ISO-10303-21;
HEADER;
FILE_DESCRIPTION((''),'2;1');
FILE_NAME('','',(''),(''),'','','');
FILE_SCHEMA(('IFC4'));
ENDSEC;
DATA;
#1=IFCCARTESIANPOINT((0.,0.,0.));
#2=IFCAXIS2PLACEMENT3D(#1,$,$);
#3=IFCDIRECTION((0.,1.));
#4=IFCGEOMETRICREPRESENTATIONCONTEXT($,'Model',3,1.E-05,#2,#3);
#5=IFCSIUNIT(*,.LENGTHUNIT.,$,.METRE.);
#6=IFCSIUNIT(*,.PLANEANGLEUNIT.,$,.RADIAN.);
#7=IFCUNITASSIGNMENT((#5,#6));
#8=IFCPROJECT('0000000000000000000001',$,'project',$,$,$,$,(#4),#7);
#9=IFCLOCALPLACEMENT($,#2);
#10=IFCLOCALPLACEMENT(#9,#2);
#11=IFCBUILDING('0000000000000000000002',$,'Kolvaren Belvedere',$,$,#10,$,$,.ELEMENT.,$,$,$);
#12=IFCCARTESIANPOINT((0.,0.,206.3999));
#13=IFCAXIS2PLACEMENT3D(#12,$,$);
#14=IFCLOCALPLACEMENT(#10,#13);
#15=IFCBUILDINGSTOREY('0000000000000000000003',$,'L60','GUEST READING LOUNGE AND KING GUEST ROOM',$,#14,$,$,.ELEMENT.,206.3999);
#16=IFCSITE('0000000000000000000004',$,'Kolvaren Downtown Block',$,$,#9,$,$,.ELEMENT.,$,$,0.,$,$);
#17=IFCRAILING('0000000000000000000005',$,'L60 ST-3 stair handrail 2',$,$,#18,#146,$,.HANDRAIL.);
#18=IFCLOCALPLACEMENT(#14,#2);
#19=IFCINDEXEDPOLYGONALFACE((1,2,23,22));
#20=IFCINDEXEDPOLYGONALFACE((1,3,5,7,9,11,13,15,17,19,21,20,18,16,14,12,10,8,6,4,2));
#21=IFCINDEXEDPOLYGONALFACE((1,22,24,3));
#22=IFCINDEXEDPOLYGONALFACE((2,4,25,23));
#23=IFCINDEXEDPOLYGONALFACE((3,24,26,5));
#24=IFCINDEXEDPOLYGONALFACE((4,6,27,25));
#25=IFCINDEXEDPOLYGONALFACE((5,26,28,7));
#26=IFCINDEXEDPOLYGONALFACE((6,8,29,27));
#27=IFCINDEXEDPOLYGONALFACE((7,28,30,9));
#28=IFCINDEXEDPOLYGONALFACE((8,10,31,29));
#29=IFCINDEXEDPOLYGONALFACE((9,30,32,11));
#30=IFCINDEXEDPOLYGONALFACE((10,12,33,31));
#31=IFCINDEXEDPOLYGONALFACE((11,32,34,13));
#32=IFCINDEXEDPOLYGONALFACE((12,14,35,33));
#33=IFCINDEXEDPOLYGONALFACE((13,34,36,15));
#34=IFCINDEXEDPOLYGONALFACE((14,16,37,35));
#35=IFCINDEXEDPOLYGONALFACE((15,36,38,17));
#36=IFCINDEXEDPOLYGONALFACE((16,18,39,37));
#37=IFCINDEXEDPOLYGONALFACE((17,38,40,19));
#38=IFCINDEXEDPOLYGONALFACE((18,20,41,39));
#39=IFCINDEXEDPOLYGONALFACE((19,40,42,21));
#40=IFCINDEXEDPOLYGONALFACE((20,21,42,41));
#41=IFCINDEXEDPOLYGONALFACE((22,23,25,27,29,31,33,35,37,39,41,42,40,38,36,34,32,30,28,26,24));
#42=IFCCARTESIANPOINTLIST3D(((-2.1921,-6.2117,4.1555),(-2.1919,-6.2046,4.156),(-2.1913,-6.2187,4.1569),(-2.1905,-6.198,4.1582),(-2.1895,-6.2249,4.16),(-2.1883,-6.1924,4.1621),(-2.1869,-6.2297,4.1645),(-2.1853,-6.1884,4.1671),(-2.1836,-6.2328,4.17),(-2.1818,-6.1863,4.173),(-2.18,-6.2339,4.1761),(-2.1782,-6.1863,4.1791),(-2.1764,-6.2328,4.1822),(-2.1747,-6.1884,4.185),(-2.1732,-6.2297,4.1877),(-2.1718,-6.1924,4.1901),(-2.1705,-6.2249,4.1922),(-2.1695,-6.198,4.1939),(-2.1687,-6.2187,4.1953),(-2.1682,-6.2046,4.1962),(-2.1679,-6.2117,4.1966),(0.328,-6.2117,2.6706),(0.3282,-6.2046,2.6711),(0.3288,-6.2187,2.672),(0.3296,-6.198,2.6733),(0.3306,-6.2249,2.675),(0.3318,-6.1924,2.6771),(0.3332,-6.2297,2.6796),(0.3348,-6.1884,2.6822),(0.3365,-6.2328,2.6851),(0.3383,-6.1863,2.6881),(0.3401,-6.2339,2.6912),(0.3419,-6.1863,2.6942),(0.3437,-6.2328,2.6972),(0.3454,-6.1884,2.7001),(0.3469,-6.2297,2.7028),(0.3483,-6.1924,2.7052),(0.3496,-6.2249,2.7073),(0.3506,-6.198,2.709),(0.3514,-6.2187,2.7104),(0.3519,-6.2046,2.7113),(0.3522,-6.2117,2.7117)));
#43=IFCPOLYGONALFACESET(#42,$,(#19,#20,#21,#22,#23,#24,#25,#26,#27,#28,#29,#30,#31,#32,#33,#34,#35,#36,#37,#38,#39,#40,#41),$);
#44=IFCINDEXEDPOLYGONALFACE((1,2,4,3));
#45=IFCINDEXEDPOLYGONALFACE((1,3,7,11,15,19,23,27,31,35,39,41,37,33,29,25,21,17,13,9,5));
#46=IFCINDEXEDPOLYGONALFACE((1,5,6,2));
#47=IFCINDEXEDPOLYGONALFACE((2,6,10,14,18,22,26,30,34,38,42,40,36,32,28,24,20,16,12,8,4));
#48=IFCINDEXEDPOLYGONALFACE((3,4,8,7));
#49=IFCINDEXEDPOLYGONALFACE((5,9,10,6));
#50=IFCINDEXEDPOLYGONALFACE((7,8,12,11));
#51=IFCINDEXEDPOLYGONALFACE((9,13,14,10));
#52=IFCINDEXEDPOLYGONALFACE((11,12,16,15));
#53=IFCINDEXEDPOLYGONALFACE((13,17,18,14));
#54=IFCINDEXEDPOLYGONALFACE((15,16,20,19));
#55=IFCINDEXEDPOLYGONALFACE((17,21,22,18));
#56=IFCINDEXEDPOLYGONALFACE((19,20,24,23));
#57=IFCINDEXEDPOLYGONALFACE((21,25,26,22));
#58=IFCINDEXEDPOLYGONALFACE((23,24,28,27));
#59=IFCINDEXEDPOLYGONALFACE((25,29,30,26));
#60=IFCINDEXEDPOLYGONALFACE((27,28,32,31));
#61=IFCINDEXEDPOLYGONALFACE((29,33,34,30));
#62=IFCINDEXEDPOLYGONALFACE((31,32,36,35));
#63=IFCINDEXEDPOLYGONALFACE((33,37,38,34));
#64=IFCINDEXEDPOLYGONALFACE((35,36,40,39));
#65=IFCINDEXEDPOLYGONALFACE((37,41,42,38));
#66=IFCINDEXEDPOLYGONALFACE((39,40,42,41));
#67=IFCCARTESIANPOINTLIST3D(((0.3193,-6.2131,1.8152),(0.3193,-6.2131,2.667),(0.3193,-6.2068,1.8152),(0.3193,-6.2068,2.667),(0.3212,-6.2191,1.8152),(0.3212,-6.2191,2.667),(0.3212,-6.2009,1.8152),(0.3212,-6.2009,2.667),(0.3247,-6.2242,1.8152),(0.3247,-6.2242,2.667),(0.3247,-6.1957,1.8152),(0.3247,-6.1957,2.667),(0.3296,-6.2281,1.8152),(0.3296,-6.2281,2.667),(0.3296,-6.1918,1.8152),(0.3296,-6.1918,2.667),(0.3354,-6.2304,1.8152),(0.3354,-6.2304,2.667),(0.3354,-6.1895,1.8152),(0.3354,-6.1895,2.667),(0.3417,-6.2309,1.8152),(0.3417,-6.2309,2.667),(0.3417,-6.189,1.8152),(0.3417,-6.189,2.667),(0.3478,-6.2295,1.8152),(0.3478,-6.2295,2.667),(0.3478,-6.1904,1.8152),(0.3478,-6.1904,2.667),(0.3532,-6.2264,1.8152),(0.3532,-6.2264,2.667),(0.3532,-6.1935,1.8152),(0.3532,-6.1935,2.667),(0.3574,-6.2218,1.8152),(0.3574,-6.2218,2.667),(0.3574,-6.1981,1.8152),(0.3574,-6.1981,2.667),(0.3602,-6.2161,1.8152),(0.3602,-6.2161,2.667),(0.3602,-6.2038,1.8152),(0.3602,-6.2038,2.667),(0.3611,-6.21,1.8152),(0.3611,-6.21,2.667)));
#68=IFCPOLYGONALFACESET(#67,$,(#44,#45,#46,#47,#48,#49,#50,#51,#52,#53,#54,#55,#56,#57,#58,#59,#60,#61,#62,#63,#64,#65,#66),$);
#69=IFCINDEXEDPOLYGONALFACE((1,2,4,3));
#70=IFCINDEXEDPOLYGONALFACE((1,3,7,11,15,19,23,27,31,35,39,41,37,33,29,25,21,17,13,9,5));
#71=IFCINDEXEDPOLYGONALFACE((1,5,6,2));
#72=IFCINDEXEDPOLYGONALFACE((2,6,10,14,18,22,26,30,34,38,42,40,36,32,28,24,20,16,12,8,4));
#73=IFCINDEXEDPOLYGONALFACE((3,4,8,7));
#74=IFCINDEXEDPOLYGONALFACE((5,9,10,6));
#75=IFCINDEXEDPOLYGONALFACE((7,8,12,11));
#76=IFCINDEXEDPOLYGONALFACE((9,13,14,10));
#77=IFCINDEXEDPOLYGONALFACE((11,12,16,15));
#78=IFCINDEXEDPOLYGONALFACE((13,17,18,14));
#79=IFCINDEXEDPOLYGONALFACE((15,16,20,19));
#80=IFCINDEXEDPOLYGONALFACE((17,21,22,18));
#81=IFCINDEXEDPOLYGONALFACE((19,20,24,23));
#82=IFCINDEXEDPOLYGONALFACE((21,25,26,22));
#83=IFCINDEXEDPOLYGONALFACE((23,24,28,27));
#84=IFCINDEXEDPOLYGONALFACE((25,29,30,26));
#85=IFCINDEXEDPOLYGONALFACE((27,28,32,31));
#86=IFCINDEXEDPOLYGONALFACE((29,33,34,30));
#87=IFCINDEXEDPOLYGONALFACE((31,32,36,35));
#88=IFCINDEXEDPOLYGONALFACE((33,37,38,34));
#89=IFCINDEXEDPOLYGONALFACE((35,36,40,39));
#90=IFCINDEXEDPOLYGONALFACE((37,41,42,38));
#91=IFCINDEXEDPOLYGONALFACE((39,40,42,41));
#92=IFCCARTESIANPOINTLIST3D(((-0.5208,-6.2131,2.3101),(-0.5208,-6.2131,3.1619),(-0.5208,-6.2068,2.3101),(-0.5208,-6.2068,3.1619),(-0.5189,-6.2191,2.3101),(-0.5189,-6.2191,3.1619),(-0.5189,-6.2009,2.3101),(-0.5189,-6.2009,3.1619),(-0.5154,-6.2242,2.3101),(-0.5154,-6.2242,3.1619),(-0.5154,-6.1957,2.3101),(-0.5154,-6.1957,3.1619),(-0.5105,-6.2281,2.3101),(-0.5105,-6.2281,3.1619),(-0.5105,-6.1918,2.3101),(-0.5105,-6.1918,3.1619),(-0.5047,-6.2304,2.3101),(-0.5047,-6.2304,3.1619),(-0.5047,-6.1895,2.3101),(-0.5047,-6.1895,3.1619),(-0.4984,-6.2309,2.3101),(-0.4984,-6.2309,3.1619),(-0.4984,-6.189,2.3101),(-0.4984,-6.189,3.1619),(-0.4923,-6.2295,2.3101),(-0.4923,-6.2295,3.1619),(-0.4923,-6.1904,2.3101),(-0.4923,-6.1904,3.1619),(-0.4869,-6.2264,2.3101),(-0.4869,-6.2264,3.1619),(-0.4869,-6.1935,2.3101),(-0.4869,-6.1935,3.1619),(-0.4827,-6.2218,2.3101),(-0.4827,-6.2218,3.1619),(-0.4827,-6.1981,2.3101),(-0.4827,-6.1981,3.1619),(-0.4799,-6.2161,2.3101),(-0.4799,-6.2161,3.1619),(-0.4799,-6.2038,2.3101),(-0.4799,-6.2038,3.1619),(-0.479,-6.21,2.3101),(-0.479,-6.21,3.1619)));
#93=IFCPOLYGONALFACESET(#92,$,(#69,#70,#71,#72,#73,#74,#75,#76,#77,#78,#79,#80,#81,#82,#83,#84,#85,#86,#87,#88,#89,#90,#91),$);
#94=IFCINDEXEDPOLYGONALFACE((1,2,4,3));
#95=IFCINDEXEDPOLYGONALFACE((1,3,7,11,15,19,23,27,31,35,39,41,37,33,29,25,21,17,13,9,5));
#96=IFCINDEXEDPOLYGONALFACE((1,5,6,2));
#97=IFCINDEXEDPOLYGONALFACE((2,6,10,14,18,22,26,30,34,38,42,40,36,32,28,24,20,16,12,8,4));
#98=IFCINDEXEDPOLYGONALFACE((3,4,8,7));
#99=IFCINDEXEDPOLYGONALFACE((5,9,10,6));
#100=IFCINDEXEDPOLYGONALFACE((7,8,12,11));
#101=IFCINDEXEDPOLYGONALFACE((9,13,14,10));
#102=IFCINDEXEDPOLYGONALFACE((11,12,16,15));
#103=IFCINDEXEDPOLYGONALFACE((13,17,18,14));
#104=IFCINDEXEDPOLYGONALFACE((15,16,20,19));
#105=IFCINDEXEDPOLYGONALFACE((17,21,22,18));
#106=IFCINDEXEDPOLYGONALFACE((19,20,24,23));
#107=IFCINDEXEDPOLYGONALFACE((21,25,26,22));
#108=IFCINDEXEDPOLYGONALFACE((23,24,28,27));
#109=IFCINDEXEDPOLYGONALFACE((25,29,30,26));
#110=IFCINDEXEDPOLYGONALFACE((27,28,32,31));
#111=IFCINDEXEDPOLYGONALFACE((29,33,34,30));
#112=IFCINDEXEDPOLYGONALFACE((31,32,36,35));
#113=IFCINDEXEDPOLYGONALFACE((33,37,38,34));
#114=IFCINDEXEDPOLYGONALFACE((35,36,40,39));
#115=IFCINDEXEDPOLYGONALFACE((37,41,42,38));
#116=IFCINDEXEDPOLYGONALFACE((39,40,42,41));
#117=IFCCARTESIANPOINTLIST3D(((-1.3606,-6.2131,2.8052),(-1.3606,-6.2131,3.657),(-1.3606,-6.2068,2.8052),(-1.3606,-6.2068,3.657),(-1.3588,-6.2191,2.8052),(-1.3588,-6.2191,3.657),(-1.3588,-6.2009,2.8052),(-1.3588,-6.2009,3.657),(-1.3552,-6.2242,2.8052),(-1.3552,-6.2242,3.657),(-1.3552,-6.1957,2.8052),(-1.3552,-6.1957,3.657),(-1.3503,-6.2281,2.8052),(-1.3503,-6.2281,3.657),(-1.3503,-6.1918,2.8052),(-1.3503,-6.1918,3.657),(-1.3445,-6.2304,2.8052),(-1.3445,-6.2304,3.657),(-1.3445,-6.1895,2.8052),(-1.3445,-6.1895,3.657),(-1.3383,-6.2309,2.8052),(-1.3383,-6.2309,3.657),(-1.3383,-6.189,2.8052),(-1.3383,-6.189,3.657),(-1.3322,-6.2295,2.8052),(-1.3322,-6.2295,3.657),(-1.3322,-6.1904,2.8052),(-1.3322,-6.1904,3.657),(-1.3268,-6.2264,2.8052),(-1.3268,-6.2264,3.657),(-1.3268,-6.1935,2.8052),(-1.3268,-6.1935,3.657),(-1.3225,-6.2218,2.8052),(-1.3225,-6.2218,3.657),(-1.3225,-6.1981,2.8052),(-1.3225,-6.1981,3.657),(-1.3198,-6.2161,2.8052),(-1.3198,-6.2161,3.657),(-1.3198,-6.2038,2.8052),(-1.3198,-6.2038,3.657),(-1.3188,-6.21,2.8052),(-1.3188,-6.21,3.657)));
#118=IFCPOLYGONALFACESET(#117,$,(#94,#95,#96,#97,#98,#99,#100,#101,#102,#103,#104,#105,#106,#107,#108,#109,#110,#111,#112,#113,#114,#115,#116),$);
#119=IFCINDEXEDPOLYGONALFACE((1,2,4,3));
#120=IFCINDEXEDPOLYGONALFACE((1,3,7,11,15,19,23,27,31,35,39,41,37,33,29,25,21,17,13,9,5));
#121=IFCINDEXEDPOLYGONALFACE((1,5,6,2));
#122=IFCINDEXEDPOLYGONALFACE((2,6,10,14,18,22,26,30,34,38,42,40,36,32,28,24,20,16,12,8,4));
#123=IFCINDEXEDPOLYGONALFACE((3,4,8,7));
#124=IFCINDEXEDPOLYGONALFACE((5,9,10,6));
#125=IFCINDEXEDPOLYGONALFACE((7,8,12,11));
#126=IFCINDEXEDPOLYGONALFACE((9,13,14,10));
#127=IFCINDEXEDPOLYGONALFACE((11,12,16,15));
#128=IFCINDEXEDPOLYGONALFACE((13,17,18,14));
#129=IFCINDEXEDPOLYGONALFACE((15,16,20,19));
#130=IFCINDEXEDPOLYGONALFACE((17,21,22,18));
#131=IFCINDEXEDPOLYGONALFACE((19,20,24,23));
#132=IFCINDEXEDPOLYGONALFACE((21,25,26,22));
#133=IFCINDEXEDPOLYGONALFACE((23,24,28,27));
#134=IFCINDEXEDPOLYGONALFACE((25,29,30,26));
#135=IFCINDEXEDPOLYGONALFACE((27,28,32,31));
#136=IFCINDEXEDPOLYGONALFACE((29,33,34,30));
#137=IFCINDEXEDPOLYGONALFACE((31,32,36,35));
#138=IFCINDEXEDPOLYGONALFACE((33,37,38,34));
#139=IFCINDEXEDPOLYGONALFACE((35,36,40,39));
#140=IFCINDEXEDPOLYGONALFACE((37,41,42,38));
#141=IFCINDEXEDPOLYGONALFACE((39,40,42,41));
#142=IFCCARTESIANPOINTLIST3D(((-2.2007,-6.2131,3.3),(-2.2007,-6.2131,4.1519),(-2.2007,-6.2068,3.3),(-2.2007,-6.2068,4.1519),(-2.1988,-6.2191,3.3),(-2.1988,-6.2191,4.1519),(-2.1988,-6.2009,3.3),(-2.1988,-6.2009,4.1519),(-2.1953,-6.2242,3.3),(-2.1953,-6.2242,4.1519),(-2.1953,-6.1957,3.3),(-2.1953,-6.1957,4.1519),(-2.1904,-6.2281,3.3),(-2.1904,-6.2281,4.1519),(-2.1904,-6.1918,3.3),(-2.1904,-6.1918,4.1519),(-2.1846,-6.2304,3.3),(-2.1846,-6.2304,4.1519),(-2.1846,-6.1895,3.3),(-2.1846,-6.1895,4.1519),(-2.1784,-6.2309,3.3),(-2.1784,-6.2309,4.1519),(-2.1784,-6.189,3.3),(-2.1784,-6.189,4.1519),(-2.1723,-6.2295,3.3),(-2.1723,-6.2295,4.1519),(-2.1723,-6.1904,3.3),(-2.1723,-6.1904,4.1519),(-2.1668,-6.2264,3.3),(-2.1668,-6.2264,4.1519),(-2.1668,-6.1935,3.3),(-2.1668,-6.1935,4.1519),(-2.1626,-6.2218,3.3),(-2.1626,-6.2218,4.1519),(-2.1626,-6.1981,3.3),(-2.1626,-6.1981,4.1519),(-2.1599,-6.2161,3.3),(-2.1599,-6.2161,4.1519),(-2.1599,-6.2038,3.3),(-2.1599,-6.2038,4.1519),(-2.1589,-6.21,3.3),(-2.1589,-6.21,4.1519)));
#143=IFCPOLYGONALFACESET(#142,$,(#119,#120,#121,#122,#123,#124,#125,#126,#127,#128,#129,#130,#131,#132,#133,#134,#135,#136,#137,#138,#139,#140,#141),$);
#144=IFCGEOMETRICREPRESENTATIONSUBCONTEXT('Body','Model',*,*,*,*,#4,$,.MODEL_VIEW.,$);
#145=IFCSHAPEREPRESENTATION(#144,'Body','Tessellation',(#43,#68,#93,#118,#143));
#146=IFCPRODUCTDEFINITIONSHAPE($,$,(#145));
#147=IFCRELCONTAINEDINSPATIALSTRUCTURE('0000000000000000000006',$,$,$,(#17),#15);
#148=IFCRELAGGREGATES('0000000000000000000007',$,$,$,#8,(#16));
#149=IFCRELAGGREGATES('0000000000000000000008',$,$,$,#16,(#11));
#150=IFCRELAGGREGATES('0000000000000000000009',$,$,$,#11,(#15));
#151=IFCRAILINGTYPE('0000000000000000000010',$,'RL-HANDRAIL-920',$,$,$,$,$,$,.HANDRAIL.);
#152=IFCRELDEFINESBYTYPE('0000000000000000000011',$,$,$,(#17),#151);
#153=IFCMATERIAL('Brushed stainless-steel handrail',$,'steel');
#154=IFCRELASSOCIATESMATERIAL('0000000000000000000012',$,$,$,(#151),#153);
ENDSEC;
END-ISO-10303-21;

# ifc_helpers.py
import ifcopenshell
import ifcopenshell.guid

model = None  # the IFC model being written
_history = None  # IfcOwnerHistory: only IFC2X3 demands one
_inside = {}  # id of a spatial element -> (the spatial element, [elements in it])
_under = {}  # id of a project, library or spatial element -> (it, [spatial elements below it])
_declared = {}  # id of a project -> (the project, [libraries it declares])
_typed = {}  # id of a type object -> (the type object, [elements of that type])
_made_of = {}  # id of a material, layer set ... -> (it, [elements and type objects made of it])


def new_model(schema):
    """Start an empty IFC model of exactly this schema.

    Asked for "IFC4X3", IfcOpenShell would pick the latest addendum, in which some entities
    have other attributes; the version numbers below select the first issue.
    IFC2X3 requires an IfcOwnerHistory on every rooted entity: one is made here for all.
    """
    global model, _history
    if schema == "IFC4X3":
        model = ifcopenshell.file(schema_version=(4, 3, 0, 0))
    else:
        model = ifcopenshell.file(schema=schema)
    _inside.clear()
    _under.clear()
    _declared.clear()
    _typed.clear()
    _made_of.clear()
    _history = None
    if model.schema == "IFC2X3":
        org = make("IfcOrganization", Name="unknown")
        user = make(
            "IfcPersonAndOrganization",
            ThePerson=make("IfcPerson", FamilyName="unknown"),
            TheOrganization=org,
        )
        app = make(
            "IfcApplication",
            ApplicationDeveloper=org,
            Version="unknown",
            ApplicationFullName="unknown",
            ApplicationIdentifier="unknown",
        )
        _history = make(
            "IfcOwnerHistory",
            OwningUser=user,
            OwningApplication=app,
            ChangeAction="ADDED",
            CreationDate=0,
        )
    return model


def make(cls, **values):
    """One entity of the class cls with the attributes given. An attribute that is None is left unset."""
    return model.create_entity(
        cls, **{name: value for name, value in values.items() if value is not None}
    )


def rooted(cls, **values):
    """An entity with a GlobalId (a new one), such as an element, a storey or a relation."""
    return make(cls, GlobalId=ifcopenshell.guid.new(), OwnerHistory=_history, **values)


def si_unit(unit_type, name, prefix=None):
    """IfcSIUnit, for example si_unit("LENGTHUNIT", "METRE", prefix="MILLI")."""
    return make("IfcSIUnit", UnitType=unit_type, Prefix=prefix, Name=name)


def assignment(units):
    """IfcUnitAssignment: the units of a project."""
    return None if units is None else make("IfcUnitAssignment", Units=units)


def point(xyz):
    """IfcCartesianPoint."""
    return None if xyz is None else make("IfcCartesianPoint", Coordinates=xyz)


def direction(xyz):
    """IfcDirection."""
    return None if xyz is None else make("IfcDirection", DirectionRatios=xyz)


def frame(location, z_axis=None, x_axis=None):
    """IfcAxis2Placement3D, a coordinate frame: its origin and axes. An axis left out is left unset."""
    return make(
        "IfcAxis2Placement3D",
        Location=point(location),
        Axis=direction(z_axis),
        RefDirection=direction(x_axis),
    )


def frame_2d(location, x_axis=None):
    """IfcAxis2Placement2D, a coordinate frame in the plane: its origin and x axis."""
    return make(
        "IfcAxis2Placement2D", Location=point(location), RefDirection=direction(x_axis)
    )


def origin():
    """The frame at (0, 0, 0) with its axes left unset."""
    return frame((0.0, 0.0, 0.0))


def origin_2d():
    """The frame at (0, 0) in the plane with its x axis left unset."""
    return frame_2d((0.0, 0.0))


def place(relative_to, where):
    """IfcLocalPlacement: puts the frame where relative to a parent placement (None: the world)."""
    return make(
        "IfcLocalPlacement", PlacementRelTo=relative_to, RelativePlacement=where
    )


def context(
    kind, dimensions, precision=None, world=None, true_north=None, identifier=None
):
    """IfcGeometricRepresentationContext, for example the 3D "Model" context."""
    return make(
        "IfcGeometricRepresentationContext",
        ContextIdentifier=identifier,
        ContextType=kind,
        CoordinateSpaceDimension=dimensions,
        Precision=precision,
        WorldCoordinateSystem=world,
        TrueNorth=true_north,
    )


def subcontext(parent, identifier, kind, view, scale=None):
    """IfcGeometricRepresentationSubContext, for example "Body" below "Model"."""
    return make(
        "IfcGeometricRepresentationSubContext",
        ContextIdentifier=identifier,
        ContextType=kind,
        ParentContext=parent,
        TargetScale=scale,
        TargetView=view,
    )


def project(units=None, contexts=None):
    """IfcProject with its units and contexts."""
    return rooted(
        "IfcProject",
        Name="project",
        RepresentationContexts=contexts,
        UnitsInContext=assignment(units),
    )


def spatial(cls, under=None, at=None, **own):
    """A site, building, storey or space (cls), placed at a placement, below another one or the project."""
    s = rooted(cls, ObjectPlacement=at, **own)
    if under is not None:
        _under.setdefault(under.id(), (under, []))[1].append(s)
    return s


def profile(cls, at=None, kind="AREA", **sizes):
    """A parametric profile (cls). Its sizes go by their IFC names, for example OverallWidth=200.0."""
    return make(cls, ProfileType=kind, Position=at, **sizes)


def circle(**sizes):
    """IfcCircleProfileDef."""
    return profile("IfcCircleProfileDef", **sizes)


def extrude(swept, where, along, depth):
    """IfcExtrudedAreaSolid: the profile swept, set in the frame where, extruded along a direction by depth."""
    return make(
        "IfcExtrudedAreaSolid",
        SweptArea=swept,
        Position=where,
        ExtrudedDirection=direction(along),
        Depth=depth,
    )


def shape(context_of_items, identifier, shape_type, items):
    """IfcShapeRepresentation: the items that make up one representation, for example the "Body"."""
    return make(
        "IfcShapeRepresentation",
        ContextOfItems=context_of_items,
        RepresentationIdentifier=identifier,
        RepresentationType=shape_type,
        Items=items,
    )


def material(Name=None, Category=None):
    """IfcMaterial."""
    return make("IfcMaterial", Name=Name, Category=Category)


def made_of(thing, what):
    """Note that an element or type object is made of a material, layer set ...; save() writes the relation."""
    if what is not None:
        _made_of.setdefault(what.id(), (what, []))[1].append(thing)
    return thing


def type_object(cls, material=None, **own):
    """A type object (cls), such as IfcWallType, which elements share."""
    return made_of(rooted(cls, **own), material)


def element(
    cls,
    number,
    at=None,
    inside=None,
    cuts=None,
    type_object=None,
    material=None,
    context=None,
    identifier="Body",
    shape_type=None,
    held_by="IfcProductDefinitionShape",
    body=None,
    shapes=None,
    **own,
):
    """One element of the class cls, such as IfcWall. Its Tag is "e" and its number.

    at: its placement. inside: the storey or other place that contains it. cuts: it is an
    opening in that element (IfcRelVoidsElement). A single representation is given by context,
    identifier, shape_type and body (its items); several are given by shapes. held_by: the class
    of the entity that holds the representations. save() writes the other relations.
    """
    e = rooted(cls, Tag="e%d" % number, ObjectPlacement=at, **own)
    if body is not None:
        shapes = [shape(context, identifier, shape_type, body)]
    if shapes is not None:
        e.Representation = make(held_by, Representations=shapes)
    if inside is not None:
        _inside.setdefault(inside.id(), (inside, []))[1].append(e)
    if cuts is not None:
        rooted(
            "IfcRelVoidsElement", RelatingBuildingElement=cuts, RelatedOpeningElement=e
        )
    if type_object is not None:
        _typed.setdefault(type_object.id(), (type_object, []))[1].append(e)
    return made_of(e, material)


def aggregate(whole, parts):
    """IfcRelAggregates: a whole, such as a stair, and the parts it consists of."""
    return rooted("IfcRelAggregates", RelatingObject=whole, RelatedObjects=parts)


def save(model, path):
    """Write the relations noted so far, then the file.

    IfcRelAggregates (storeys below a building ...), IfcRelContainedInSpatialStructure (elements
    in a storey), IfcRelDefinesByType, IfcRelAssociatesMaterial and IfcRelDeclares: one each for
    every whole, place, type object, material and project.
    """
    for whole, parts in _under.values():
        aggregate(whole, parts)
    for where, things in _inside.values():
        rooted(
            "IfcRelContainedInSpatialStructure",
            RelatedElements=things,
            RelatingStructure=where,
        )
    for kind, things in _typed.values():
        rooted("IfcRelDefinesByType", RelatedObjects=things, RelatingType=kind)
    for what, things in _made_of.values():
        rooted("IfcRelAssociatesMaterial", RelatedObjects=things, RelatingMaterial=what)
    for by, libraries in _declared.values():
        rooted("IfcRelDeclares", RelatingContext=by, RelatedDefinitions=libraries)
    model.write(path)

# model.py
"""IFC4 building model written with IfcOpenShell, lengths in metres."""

from ifc_helpers import new_model, si_unit, direction, frame, origin, origin_2d, place, context, subcontext, project, spatial, circle, extrude, material, type_object, element, save


model = new_model("IFC4")

# Units and contexts
model_context = context("Model", 3, precision=1e-05, world=origin(), true_north=direction((0.0, 1.0)))
body_context = subcontext(model_context, "Body", "Model", "MODEL_VIEW")
ifc_project = project(units=[si_unit("LENGTHUNIT", "METRE"), si_unit("PLANEANGLEUNIT", "RADIAN")], contexts=[model_context])

# Site, building, storey
site_placement = place(None, origin())
site = spatial("IfcSite", under=ifc_project, at=site_placement, Name="Kolvaren Downtown Block", CompositionType="ELEMENT", RefElevation=0.0)
building_placement = place(site_placement, origin())
building = spatial("IfcBuilding", under=site, at=building_placement, Name="Kolvaren Belvedere", CompositionType="ELEMENT")
storey_placement = place(building_placement, frame((0.0, 0.0, 206.3999)))
storey = spatial("IfcBuildingStorey", under=building, at=storey_placement, Name="L60", Description="GUEST READING LOUNGE AND KING GUEST ROOM", CompositionType="ELEMENT", Elevation=206.3999)

# Railing
ifc_material_1 = material(Name="Brushed stainless-steel handrail", Category="steel")
railing_type_1 = type_object("IfcRailingType", Name="RL-HANDRAIL-920", PredefinedType="HANDRAIL", material=ifc_material_1)
railing_1_placement = place(storey_placement, frame((0.3401, -6.21, 1.8152)))
element("IfcRailing", 1, at=railing_1_placement, inside=storey, type_object=railing_type_1, Name="L60 ST-3 stair handrail 2", PredefinedType="HANDRAIL", context=body_context, shape_type="SweptSolid", body=[
    extrude(circle(Radius=0.0239, at=origin_2d()), frame((0.0, 0.0, 0.876), z_axis=(-0.861561, 0.0, 0.507655), x_axis=(0.0, -1.0, 0.0)), (0.0, 0.0, 1.0), 2.925),
    extrude(circle(Radius=0.021, at=origin_2d()), origin(), (0.0, 0.0, 1.0), 0.8518),
    extrude(circle(Radius=0.021, at=origin_2d()), frame((-0.8401, 0.0, 0.4949)), (0.0, 0.0, 1.0), 0.8518),
    extrude(circle(Radius=0.021, at=origin_2d()), frame((-1.6799, 0.0, 0.99)), (0.0, 0.0, 1.0), 0.8518),
    extrude(circle(Radius=0.021, at=origin_2d()), frame((-2.52, 0.0, 1.4849)), (0.0, 0.0, 1.0), 0.8518),
])

save(model, "model.ifc")
